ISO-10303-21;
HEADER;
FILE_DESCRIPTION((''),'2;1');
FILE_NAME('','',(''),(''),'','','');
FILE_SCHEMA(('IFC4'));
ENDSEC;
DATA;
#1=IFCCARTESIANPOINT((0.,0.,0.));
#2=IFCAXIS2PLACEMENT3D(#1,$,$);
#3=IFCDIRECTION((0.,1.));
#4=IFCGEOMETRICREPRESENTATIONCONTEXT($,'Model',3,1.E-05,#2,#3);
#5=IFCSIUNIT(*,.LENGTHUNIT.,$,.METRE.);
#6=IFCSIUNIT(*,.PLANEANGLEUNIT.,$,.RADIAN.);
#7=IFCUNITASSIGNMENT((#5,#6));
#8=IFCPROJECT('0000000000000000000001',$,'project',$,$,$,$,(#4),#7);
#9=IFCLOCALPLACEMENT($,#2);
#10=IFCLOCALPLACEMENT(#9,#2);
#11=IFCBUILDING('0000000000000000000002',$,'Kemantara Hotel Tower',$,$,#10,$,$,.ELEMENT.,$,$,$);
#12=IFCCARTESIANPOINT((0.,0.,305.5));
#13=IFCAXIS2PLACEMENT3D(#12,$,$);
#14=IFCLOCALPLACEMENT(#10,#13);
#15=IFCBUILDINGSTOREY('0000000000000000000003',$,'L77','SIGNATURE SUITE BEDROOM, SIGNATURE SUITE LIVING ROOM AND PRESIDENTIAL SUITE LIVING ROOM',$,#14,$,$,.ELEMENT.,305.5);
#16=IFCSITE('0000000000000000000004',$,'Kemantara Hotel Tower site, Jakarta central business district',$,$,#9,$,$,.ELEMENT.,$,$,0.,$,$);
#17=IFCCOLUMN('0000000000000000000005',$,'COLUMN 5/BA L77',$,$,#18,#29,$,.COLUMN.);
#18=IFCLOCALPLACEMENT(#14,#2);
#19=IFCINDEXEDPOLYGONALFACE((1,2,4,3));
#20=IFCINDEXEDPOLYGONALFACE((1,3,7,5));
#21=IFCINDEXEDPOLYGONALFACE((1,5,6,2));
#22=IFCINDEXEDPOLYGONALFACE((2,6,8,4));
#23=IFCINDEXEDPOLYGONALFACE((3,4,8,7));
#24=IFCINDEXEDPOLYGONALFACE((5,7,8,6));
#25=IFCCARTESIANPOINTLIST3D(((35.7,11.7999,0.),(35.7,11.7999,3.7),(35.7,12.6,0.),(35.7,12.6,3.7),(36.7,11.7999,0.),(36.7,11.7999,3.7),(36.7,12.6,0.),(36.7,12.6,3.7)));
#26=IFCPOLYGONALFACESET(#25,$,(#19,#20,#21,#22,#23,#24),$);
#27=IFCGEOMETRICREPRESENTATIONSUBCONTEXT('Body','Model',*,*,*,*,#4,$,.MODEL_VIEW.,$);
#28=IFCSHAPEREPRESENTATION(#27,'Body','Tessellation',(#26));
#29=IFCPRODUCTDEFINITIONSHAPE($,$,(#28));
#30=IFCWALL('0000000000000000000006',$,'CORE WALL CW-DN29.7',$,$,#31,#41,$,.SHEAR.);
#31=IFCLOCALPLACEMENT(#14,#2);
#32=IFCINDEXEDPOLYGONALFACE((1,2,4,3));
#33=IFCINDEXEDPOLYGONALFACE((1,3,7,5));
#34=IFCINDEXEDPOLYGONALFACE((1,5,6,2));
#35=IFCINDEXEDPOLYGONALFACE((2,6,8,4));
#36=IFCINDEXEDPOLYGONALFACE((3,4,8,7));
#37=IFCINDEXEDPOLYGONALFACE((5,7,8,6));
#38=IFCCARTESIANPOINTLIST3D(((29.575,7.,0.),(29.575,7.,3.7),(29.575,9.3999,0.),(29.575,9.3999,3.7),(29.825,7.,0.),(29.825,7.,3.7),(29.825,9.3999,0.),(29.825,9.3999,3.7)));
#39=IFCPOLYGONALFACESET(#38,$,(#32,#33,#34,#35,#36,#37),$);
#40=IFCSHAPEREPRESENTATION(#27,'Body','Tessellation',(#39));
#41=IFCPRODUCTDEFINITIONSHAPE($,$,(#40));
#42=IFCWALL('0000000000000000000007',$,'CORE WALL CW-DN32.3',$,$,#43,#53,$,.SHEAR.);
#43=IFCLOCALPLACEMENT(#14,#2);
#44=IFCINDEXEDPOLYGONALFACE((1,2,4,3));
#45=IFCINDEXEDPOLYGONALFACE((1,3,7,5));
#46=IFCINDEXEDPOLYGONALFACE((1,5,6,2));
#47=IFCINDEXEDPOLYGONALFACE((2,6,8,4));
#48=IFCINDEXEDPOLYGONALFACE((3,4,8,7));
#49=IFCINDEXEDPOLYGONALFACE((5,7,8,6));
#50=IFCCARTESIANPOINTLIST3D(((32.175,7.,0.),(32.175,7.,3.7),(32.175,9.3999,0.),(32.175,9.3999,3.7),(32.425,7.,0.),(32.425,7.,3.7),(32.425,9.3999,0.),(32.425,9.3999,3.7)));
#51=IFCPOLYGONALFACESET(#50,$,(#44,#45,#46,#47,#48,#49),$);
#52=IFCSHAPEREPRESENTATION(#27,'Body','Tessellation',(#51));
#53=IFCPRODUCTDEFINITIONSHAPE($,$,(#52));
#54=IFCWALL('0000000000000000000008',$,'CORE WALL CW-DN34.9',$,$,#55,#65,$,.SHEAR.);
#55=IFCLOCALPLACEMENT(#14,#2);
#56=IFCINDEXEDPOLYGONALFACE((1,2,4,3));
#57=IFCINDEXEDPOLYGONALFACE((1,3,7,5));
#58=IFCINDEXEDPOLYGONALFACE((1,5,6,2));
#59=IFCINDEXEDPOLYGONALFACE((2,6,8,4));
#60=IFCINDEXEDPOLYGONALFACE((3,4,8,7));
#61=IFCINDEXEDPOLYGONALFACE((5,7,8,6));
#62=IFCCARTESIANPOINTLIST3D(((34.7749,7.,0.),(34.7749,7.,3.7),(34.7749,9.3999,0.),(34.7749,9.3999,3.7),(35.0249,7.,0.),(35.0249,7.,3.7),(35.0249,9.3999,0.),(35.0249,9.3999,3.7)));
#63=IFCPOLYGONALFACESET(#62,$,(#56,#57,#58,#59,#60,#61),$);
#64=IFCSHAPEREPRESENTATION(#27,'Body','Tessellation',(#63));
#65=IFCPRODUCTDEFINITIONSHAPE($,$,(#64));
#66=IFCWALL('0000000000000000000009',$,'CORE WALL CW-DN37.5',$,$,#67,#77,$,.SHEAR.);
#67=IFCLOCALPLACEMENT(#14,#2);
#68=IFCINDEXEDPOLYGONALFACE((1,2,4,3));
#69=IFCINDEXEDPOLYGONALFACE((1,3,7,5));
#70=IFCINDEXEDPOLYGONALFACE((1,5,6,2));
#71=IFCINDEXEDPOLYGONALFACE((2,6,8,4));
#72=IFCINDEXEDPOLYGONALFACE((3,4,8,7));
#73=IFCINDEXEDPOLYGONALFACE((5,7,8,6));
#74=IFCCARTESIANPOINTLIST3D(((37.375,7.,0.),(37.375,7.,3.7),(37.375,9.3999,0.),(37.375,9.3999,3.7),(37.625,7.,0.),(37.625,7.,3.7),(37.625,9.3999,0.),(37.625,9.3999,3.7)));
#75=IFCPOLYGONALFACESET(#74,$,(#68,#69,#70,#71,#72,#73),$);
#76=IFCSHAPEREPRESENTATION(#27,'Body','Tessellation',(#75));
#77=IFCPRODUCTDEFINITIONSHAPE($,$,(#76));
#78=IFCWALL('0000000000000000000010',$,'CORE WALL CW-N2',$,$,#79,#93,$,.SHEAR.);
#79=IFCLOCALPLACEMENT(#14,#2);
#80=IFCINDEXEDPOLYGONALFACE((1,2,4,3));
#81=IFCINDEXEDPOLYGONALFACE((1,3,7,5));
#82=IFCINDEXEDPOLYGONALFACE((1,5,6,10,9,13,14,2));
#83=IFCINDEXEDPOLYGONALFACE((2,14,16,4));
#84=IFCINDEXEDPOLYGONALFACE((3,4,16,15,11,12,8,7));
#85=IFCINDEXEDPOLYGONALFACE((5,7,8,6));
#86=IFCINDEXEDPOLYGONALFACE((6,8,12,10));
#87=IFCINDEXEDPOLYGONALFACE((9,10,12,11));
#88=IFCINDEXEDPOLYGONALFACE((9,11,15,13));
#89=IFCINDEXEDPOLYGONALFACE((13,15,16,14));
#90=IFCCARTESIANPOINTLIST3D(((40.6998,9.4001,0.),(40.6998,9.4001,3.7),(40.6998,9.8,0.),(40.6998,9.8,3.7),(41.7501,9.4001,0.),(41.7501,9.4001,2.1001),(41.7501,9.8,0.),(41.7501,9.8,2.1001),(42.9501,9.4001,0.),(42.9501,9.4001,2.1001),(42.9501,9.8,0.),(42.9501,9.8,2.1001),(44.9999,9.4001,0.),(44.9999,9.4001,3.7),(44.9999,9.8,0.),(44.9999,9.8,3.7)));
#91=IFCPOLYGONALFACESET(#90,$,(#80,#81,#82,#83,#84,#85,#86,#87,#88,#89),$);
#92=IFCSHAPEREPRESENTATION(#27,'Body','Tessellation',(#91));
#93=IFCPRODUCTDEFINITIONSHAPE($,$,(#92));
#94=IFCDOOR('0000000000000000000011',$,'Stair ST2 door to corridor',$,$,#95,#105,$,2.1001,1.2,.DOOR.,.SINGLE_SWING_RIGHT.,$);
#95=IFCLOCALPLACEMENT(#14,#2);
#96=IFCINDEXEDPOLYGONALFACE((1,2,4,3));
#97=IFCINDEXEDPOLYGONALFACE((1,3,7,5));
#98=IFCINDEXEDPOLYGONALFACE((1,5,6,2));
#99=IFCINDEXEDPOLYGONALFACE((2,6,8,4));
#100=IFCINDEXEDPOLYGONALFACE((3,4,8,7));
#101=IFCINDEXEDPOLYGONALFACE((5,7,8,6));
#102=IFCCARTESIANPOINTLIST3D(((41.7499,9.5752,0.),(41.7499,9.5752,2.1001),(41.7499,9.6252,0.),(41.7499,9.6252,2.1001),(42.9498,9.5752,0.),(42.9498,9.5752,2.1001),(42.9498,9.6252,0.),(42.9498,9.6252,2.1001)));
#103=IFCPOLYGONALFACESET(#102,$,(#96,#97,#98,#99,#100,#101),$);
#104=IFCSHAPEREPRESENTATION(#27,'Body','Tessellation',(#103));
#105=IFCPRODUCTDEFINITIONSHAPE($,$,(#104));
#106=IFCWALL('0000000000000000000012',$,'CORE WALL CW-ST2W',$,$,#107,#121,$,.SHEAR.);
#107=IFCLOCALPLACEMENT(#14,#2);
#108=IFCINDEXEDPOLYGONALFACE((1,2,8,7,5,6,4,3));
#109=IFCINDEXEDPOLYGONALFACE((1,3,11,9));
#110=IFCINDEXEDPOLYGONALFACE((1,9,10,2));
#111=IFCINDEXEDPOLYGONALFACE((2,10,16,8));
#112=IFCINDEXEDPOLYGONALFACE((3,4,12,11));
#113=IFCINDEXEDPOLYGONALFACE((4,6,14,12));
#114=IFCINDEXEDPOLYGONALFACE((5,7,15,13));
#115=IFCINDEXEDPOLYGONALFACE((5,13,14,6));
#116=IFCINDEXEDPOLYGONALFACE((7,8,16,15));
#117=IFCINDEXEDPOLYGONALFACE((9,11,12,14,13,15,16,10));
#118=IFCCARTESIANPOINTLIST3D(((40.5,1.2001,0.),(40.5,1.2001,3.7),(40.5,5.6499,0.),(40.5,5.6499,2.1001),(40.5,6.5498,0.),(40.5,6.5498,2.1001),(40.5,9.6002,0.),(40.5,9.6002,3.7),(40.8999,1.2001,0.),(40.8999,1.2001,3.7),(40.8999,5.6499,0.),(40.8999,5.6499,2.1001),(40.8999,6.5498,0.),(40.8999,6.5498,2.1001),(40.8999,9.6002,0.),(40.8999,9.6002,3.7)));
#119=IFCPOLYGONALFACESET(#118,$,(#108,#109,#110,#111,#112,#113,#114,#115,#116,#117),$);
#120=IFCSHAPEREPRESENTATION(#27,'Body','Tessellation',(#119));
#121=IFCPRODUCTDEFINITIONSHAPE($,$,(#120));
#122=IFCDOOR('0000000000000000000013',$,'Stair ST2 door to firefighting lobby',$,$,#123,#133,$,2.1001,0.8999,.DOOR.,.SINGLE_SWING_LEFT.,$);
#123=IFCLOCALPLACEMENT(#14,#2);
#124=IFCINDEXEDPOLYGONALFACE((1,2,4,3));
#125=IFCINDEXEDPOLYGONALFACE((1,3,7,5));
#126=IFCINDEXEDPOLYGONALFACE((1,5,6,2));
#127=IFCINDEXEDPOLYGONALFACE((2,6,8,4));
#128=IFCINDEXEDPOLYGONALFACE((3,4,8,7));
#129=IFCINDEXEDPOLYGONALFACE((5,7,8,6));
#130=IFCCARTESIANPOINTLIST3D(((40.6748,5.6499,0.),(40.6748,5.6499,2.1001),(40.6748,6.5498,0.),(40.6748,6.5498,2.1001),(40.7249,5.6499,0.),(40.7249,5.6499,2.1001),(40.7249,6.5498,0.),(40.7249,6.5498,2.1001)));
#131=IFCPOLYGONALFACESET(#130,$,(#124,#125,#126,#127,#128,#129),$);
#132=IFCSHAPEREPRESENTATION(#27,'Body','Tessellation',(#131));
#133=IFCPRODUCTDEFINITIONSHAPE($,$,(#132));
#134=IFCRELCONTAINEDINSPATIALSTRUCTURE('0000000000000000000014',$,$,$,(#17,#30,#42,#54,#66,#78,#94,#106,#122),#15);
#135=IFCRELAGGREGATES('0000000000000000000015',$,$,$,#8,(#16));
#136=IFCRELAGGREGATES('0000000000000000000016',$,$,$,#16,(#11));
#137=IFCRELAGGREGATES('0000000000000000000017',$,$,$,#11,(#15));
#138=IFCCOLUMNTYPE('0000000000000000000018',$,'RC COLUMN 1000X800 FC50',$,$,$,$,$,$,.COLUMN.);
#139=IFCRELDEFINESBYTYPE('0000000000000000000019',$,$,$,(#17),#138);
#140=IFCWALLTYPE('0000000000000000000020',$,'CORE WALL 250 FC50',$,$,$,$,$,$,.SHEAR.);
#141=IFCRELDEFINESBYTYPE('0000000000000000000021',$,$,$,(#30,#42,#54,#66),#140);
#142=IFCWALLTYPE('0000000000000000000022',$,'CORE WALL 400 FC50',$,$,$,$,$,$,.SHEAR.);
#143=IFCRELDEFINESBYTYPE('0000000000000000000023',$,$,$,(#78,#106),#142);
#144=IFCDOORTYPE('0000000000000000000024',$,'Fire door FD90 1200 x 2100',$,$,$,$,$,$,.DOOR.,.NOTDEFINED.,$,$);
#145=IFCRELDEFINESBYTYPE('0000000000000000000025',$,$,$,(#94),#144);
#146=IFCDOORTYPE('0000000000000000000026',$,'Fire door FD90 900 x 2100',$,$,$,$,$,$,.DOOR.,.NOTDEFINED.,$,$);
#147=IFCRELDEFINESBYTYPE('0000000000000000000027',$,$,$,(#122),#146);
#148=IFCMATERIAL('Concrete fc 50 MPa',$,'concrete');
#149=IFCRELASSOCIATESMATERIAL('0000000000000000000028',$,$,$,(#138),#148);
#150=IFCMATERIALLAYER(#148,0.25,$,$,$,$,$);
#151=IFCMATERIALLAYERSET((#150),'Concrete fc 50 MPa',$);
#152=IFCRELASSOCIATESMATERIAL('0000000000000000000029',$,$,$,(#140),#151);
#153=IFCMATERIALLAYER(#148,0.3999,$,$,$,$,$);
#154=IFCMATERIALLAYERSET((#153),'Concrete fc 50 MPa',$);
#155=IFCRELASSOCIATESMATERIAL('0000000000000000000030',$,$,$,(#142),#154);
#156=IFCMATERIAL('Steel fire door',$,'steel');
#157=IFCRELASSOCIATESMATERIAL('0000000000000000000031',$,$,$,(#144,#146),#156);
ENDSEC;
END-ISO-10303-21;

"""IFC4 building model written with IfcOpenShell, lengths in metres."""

from ifc_helpers import new_model, si_unit, direction, frame, frame_2d, origin, origin_2d, place, context, subcontext, project, spatial, rectangle, extrude, material, layer, layer_set, material_profile, profile_set, type_object, element, fill, save


model = new_model("IFC4")

# Units and contexts
model_context = context("Model", 3, precision=1e-05, world=origin(), true_north=direction((0.0, 1.0)))
body_context = subcontext(model_context, "Body", "Model", "MODEL_VIEW")
ifc_project = project(units=[si_unit("LENGTHUNIT", "METRE"), si_unit("PLANEANGLEUNIT", "RADIAN")], contexts=[model_context])

# Site, building, storey
site_placement = place(None, origin())
site = spatial("IfcSite", under=ifc_project, at=site_placement, Name="Kemantara Hotel Tower site, Jakarta central business district", CompositionType="ELEMENT", RefElevation=0.0)
building_placement = place(site_placement, origin())
building = spatial("IfcBuilding", under=site, at=building_placement, Name="Kemantara Hotel Tower", CompositionType="ELEMENT")
storey_placement = place(building_placement, frame((0.0, 0.0, 305.5)))
storey = spatial("IfcBuildingStorey", under=building, at=storey_placement, Name="L77", Description="SIGNATURE SUITE BEDROOM, SIGNATURE SUITE LIVING ROOM AND PRESIDENTIAL SUITE LIVING ROOM", CompositionType="ELEMENT", Elevation=305.5)

# Column
ifc_material_1 = material(Name="Concrete fc 50 MPa", Category="concrete")
ifc_material_profile = material_profile(ifc_material_1, rectangle(XDim=1.0, YDim=0.8, at=origin_2d()), Name="RC 1000X800")
ifc_profile_set = profile_set([ifc_material_profile], Name="Concrete fc 50 MPa")
column_type = type_object("IfcColumnType", Name="RC COLUMN 1000X800 FC50", PredefinedType="COLUMN", material=ifc_profile_set)
column_placement = place(storey_placement, frame((36.2, 12.2, 0.0), z_axis=(0.0, 0.0, 1.0), x_axis=(1.0, 0.0, 0.0)))
element("IfcColumn", 1, at=column_placement, inside=storey, type_object=column_type, Name="COLUMN 5/BA L77", PredefinedType="COLUMN", context=body_context, shape_type="SweptSolid", body=[
    extrude(rectangle(XDim=1.0, YDim=0.8, at=origin_2d()), origin(), (0.0, 0.0, 1.0), 3.7),
])

# Walls
ifc_layer_1 = layer(ifc_material_1, 0.25)
ifc_layer_set_1 = layer_set([ifc_layer_1], Name="Concrete fc 50 MPa")
wall_type_1 = type_object("IfcWallType", Name="CORE WALL 250 FC50", PredefinedType="SHEAR", material=ifc_layer_set_1)
for number, where, z_axis, x_axis, name in (
    (2, (29.7, 7.0, 0.0), (0.0, 0.0, 1.0), (0.0, 1.0, 0.0), "CORE WALL CW-DN29.7"),
    (3, (32.3, 7.0, 0.0), (0.0, 0.0, 1.0), (0.0, 1.0, 0.0), "CORE WALL CW-DN32.3"),
    (4, (34.8999, 7.0, 0.0), (0.0, 0.0, 1.0), (0.0, 1.0, 0.0), "CORE WALL CW-DN34.9"),
    (5, (37.5, 7.0, 0.0), (0.0, 0.0, 1.0), (0.0, 1.0, 0.0), "CORE WALL CW-DN37.5"),
):
    element("IfcWall", number, at=place(storey_placement, frame(where, z_axis=z_axis, x_axis=x_axis)), inside=storey, type_object=wall_type_1, Name=name, PredefinedType="SHEAR", context=body_context, shape_type="SweptSolid", body=[
        extrude(rectangle(XDim=2.3999, YDim=0.25, at=frame_2d((1.2, 0.0))), origin(), (0.0, 0.0, 1.0), 3.7),
    ])

# Walls, openings, doors
ifc_layer_2 = layer(ifc_material_1, 0.3999)
ifc_layer_set_2 = layer_set([ifc_layer_2], Name="Concrete fc 50 MPa")
wall_type_2 = type_object("IfcWallType", Name="CORE WALL 400 FC50", PredefinedType="SHEAR", material=ifc_layer_set_2)
wall_1_placement = place(storey_placement, frame((40.7, 9.6001, 0.0), z_axis=(0.0, 0.0, 1.0), x_axis=(1.0, 0.0, 0.0)))
wall_1 = element("IfcWall", 6, at=wall_1_placement, inside=storey, type_object=wall_type_2, Name="CORE WALL CW-N2", PredefinedType="SHEAR", context=body_context, shape_type="SweptSolid", body=[
    extrude(rectangle(XDim=4.3, YDim=0.3999, at=frame_2d((2.1499, 0.0))), origin(), (0.0, 0.0, 1.0), 3.7),
])
opening_1_placement = place(wall_1_placement, frame((1.05, 0.0, 0.0)))
opening_1 = element("IfcOpeningElement", 7, at=opening_1_placement, cuts=wall_1, PredefinedType="OPENING", context=body_context, shape_type="SweptSolid", body=[
    extrude(rectangle(XDim=1.2, YDim=2.1001, at=frame_2d((0.6001, 1.05))), frame((0.0, 0.21, 0.0), z_axis=(0.0, -1.0, 0.0), x_axis=(1.0, 0.0, 0.0)), (0.0, 0.0, 1.0), 0.4199),
])
ifc_material_2 = material(Name="Steel fire door", Category="steel")
door_type_1 = type_object("IfcDoorType", Name="Fire door FD90 1200 x 2100", OperationType="NOTDEFINED", PredefinedType="DOOR", material=ifc_material_2)
door_1_placement = place(opening_1_placement, frame((1.2, 0.0, 0.0), z_axis=(0.0, 0.0, 1.0), x_axis=(-1.0, 0.0, 0.0)))
door_1 = element("IfcDoor", 8, at=door_1_placement, inside=storey, type_object=door_type_1, Name="Stair ST2 door to corridor", OperationType="SINGLE_SWING_RIGHT", OverallHeight=2.1001, OverallWidth=1.2, PredefinedType="DOOR", context=body_context, shape_type="SweptSolid", body=[
    extrude(rectangle(XDim=1.2, YDim=2.1001, at=frame_2d((0.6001, 1.05))), frame((0.0, 0.0249, 0.0), z_axis=(0.0, -1.0, 0.0), x_axis=(1.0, 0.0, 0.0)), (0.0, 0.0, 1.0), 0.05),
])
fill(opening_1, door_1)
wall_2_placement = place(storey_placement, frame((40.7, 1.2, 0.0), z_axis=(0.0, 0.0, 1.0), x_axis=(0.0, 1.0, 0.0)))
wall_2 = element("IfcWall", 9, at=wall_2_placement, inside=storey, type_object=wall_type_2, Name="CORE WALL CW-ST2W", PredefinedType="SHEAR", context=body_context, shape_type="SweptSolid", body=[
    extrude(rectangle(XDim=8.4001, YDim=0.3999, at=frame_2d((4.2002, 0.0))), origin(), (0.0, 0.0, 1.0), 3.7),
])
opening_2_placement = place(wall_2_placement, frame((4.45, 0.0, 0.0)))
opening_2 = element("IfcOpeningElement", 10, at=opening_2_placement, cuts=wall_2, PredefinedType="OPENING", context=body_context, shape_type="SweptSolid", body=[
    extrude(rectangle(XDim=0.8999, YDim=2.1001, at=frame_2d((0.45, 1.05))), frame((0.0, 0.21, 0.0), z_axis=(0.0, -1.0, 0.0), x_axis=(1.0, 0.0, 0.0)), (0.0, 0.0, 1.0), 0.4199),
])
door_type_2 = type_object("IfcDoorType", Name="Fire door FD90 900 x 2100", OperationType="NOTDEFINED", PredefinedType="DOOR", material=ifc_material_2)
door_2_placement = place(opening_2_placement, frame((0.8999, 0.0, 0.0), z_axis=(0.0, 0.0, 1.0), x_axis=(-1.0, 0.0, 0.0)))
door_2 = element("IfcDoor", 11, at=door_2_placement, inside=storey, type_object=door_type_2, Name="Stair ST2 door to firefighting lobby", OperationType="SINGLE_SWING_LEFT", OverallHeight=2.1001, OverallWidth=0.8999, PredefinedType="DOOR", context=body_context, shape_type="SweptSolid", body=[
    extrude(rectangle(XDim=0.8999, YDim=2.1001, at=frame_2d((0.45, 1.05))), frame((0.0, 0.0249, 0.0), z_axis=(0.0, -1.0, 0.0), x_axis=(1.0, 0.0, 0.0)), (0.0, 0.0, 1.0), 0.05),
])
fill(opening_2, door_2)

save(model, "model.ifc")
